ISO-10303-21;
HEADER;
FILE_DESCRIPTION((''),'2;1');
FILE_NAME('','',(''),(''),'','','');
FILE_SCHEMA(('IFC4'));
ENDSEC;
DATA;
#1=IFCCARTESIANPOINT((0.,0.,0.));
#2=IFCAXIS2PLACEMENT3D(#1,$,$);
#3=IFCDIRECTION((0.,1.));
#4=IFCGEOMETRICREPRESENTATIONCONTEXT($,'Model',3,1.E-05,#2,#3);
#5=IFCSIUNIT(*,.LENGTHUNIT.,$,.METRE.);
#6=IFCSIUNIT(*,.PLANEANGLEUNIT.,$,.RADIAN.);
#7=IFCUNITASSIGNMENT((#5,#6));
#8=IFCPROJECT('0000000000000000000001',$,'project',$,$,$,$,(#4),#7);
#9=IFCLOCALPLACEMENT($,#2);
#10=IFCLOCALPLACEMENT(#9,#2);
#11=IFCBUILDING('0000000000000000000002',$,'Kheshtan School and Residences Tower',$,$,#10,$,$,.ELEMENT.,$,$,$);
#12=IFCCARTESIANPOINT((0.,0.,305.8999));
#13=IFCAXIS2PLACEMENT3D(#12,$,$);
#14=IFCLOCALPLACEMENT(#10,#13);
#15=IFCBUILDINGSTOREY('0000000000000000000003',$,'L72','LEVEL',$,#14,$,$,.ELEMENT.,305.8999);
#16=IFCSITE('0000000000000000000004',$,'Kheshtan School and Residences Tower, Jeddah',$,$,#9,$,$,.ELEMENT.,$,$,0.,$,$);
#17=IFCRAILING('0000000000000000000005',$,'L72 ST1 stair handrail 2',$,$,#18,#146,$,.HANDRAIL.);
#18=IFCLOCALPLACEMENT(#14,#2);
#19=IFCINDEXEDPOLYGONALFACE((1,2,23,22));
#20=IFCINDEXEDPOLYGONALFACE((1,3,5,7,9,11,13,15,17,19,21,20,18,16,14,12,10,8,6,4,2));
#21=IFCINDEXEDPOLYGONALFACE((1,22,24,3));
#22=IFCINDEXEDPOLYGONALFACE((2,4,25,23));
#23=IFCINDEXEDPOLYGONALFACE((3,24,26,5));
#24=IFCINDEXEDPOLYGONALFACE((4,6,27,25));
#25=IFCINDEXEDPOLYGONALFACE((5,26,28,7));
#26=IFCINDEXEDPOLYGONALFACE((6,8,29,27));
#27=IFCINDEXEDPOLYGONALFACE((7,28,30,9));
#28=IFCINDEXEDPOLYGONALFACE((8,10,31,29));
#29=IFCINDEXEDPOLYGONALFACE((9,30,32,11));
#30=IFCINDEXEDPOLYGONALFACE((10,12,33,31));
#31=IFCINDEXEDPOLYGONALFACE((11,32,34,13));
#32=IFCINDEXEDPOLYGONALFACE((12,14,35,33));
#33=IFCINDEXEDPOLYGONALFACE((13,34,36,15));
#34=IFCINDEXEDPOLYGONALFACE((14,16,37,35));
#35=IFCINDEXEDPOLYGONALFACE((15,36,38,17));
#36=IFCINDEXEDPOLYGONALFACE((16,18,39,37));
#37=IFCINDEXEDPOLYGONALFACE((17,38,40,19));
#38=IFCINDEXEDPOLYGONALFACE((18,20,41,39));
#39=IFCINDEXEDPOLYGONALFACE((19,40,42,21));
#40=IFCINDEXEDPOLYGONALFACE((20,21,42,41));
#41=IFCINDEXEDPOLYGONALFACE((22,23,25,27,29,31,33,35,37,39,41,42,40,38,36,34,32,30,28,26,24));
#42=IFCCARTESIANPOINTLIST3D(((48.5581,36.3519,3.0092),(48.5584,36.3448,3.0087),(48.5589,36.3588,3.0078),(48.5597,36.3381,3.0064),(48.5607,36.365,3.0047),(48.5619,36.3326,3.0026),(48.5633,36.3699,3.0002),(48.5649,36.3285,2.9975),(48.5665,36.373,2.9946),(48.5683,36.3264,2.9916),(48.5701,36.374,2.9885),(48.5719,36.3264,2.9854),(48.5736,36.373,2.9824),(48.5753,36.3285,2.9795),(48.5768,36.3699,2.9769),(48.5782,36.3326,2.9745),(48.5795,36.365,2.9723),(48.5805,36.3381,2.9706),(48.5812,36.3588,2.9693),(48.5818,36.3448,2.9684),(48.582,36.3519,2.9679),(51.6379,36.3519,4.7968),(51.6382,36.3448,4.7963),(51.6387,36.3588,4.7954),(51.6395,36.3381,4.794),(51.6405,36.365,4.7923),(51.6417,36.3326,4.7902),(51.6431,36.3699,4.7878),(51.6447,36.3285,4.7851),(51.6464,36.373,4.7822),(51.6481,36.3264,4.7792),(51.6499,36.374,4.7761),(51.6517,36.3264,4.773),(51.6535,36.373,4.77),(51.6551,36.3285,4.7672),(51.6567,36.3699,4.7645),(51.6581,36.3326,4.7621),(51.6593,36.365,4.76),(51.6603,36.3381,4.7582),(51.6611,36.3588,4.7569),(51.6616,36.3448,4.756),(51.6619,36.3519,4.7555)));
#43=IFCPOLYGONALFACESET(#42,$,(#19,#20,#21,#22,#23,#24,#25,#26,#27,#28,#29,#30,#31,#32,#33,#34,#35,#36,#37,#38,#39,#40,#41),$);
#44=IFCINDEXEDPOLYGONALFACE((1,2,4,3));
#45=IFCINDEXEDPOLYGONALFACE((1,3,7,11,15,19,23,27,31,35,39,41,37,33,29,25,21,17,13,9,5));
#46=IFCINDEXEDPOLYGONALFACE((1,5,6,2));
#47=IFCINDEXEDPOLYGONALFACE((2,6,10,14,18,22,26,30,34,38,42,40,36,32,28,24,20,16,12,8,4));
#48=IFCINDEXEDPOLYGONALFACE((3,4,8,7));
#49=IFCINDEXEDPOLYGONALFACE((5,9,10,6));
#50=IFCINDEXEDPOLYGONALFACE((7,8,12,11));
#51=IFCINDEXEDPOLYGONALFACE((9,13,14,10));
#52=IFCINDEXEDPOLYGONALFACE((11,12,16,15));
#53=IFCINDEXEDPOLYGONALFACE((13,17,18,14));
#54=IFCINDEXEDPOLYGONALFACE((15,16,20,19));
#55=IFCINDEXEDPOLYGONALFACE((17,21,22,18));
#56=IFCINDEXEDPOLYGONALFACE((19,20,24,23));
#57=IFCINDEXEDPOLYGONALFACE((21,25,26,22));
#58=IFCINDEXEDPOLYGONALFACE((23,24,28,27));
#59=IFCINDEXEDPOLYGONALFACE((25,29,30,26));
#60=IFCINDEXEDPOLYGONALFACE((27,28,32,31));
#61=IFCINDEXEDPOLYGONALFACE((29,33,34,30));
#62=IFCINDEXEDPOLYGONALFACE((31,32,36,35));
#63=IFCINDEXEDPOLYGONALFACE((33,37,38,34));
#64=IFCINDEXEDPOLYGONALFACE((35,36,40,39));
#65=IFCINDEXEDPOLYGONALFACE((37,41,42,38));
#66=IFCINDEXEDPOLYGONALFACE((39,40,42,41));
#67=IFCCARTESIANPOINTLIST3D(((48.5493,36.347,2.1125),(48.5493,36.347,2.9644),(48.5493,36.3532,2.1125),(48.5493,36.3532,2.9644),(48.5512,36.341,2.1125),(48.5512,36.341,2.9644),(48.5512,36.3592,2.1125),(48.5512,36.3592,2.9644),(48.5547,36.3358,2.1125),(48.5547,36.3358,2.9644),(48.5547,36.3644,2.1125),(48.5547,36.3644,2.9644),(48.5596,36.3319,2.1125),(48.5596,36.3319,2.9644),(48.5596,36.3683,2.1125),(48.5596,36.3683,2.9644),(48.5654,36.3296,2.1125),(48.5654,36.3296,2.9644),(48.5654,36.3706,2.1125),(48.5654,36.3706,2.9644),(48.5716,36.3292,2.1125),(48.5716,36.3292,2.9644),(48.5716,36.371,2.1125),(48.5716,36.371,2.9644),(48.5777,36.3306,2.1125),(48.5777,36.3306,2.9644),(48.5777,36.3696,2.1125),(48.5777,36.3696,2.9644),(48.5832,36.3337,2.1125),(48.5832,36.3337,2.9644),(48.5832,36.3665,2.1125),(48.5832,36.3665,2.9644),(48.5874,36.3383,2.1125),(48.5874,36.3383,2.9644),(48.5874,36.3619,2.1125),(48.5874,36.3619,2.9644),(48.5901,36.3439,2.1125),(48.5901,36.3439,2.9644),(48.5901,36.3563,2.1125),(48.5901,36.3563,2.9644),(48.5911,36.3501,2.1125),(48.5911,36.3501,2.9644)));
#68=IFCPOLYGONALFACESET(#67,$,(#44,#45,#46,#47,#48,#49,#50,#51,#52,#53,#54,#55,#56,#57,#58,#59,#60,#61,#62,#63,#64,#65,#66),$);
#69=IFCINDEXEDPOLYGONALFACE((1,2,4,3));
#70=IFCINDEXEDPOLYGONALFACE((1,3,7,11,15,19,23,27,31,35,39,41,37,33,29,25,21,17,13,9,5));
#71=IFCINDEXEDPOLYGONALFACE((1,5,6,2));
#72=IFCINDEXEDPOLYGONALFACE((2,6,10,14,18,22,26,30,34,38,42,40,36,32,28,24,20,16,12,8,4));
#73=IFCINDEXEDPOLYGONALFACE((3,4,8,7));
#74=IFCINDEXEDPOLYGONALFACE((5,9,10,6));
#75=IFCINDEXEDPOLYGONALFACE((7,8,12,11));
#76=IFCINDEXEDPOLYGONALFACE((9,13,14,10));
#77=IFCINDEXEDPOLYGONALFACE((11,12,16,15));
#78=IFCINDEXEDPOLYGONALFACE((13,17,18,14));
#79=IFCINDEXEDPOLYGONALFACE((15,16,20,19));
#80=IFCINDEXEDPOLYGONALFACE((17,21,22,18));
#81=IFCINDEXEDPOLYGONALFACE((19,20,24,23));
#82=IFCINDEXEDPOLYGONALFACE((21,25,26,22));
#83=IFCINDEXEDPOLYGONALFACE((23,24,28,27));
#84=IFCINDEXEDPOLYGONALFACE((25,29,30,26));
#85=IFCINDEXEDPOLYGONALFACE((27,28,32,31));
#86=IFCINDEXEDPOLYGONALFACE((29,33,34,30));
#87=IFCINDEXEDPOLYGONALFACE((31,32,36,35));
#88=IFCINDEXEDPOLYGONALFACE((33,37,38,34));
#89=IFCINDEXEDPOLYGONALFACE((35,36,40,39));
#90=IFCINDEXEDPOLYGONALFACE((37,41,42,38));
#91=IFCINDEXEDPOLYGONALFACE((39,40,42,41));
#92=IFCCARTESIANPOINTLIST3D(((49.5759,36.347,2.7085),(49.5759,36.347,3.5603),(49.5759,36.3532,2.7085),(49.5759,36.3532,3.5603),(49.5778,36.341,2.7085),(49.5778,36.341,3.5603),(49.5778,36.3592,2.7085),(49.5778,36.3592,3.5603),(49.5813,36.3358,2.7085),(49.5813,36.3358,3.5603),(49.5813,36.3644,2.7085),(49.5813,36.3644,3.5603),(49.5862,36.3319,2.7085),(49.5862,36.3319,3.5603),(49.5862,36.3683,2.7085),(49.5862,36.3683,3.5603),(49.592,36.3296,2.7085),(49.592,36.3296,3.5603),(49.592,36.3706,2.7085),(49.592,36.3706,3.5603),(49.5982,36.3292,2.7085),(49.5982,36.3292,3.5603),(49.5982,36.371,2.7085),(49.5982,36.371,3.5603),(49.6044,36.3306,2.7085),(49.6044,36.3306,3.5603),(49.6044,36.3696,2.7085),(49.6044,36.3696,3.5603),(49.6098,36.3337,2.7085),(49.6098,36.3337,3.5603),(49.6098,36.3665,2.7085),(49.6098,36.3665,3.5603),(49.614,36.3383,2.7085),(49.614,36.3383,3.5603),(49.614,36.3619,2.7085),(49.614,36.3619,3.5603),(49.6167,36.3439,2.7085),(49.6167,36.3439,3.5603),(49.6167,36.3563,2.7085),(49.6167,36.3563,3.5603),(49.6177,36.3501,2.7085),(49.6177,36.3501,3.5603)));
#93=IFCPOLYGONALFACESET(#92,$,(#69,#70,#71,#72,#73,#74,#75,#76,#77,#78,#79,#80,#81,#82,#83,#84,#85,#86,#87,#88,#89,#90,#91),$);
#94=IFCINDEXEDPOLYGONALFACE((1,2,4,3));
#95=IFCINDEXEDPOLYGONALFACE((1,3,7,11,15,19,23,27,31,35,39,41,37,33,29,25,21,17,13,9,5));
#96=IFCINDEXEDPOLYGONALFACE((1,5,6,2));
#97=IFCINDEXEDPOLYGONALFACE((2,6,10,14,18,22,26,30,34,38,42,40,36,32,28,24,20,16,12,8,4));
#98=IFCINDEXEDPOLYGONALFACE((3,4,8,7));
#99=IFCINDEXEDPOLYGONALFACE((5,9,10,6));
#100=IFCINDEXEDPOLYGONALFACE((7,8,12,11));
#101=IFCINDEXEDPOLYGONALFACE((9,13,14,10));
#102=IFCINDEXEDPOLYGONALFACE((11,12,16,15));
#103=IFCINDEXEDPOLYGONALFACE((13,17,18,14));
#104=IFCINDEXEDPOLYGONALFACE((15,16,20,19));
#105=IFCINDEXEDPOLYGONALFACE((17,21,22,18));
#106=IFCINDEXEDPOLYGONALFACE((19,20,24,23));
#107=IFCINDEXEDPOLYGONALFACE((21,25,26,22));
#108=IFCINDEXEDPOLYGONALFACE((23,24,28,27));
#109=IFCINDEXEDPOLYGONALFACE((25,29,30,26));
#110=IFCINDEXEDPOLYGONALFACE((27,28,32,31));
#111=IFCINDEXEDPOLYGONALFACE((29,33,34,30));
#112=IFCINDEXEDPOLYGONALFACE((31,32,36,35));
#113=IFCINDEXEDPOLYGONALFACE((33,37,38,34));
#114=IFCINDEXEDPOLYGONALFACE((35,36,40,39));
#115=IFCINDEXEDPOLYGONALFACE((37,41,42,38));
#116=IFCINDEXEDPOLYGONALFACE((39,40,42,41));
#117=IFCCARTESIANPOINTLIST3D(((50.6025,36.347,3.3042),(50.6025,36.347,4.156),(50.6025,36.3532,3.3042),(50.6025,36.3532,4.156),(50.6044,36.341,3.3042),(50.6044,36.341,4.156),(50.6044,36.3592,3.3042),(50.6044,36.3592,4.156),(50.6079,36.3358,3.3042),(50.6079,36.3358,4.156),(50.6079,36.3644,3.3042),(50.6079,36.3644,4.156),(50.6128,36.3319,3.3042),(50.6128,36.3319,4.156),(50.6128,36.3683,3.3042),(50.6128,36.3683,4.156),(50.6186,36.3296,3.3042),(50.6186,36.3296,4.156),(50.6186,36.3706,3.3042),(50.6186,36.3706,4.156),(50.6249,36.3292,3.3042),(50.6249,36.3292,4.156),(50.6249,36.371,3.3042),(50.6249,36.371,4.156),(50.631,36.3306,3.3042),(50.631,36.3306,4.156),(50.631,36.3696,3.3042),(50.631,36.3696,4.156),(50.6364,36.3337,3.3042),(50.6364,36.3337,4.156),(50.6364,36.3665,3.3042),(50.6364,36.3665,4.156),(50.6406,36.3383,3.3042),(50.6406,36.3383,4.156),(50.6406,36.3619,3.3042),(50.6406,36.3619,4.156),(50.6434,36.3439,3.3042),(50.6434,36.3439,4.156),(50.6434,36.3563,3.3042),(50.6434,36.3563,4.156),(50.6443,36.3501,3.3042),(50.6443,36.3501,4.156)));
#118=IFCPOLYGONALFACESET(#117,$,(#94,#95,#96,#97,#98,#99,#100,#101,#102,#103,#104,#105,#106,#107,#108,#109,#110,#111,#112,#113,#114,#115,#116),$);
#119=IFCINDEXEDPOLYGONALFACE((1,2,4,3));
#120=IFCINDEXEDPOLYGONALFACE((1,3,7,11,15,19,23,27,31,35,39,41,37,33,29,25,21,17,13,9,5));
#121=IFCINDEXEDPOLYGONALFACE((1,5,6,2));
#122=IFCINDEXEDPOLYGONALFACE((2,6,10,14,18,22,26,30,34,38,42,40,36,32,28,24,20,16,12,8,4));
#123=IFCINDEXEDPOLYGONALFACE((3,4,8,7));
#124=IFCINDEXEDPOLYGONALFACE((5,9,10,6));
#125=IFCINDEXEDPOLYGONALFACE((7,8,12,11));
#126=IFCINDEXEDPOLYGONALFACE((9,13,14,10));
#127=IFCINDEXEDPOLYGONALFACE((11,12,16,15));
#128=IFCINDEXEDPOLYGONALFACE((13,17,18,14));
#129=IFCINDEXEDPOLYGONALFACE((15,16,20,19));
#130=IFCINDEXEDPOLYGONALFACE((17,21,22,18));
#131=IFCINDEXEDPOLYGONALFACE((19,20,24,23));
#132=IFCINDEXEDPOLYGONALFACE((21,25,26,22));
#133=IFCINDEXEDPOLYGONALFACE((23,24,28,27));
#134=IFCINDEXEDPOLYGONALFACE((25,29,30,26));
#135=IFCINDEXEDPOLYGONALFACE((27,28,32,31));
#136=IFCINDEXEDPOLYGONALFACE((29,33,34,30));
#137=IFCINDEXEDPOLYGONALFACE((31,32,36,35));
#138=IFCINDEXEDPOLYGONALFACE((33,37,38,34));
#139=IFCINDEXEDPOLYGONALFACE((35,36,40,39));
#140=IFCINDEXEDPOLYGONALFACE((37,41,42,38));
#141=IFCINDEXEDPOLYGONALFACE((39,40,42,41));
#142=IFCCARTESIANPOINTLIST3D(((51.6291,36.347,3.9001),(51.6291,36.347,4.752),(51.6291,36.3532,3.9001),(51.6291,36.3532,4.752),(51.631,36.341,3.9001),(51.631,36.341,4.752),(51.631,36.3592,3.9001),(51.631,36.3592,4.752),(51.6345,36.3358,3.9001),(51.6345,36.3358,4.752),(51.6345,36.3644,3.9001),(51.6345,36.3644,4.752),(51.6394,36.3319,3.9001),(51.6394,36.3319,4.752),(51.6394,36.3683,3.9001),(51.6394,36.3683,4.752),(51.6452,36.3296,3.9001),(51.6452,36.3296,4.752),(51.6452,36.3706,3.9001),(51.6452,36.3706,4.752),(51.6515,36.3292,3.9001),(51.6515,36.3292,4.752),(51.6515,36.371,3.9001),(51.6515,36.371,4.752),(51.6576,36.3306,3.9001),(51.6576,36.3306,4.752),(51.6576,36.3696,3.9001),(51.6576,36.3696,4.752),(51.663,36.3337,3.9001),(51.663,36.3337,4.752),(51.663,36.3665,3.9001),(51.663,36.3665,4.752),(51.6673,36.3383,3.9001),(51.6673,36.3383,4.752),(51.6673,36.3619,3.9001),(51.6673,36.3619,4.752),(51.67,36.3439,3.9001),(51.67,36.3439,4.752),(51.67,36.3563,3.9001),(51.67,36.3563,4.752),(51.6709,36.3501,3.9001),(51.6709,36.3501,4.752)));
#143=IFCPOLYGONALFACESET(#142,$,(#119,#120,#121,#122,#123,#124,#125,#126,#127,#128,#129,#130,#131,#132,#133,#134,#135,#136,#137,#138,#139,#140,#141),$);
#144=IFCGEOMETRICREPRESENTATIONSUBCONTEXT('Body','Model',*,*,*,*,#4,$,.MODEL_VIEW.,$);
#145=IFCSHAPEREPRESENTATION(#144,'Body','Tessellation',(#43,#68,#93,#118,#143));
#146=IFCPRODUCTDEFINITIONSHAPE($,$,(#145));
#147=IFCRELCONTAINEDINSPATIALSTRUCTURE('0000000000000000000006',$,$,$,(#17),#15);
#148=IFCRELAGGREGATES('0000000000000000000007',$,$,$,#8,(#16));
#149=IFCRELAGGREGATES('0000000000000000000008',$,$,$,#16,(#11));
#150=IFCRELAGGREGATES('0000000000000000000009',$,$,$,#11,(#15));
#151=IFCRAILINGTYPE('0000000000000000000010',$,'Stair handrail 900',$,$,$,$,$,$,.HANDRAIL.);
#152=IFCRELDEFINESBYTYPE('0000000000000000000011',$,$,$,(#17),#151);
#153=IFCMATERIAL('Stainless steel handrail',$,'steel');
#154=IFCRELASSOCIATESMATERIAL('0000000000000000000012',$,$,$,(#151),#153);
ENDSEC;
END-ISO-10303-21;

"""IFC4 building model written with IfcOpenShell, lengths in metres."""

from ifc_helpers import new_model, si_unit, direction, frame, origin, origin_2d, place, context, subcontext, project, spatial, circle, extrude, material, type_object, element, save


model = new_model("IFC4")

# Units and contexts
model_context = context("Model", 3, precision=1e-05, world=origin(), true_north=direction((0.0, 1.0)))
body_context = subcontext(model_context, "Body", "Model", "MODEL_VIEW")
ifc_project = project(units=[si_unit("LENGTHUNIT", "METRE"), si_unit("PLANEANGLEUNIT", "RADIAN")], contexts=[model_context])

# Site, building, storey
site_placement = place(None, origin())
site = spatial("IfcSite", under=ifc_project, at=site_placement, Name="Kheshtan School and Residences Tower, Jeddah", CompositionType="ELEMENT", RefElevation=0.0)
building_placement = place(site_placement, origin())
building = spatial("IfcBuilding", under=site, at=building_placement, Name="Kheshtan School and Residences Tower", CompositionType="ELEMENT")
storey_placement = place(building_placement, frame((0.0, 0.0, 305.8999)))
storey = spatial("IfcBuildingStorey", under=building, at=storey_placement, Name="L72", Description="LEVEL", CompositionType="ELEMENT", Elevation=305.8999)

# Railing
ifc_material_1 = material(Name="Stainless steel handrail", Category="steel")
railing_type = type_object("IfcRailingType", Name="Stair handrail 900", PredefinedType="HANDRAIL", material=ifc_material_1)
railing_1_placement = place(storey_placement, frame((48.5701, 36.3501, 2.1125)))
element("IfcRailing", 1, at=railing_1_placement, inside=storey, type_object=railing_type, Name="L72 ST1 stair handrail 2", PredefinedType="HANDRAIL", context=body_context, shape_type="SweptSolid", body=[
    extrude(circle(Radius=0.0239, at=origin_2d()), frame((0.0, 0.0, 0.876), z_axis=(0.864873, 0.0, 0.50199), x_axis=(0.0, 1.0, 0.0)), (0.0, 0.0, 1.0), 3.561),
    extrude(circle(Radius=0.021, at=origin_2d()), origin(), (0.0, 0.0, 1.0), 0.8518),
    extrude(circle(Radius=0.021, at=origin_2d()), frame((1.0266, 0.0, 0.5959)), (0.0, 0.0, 1.0), 0.8518),
    extrude(circle(Radius=0.021, at=origin_2d()), frame((2.0532, 0.0, 1.1917)), (0.0, 0.0, 1.0), 0.8518),
    extrude(circle(Radius=0.021, at=origin_2d()), frame((3.0798, 0.0, 1.7876)), (0.0, 0.0, 1.0), 0.8518),
])

save(model, "model.ifc")
